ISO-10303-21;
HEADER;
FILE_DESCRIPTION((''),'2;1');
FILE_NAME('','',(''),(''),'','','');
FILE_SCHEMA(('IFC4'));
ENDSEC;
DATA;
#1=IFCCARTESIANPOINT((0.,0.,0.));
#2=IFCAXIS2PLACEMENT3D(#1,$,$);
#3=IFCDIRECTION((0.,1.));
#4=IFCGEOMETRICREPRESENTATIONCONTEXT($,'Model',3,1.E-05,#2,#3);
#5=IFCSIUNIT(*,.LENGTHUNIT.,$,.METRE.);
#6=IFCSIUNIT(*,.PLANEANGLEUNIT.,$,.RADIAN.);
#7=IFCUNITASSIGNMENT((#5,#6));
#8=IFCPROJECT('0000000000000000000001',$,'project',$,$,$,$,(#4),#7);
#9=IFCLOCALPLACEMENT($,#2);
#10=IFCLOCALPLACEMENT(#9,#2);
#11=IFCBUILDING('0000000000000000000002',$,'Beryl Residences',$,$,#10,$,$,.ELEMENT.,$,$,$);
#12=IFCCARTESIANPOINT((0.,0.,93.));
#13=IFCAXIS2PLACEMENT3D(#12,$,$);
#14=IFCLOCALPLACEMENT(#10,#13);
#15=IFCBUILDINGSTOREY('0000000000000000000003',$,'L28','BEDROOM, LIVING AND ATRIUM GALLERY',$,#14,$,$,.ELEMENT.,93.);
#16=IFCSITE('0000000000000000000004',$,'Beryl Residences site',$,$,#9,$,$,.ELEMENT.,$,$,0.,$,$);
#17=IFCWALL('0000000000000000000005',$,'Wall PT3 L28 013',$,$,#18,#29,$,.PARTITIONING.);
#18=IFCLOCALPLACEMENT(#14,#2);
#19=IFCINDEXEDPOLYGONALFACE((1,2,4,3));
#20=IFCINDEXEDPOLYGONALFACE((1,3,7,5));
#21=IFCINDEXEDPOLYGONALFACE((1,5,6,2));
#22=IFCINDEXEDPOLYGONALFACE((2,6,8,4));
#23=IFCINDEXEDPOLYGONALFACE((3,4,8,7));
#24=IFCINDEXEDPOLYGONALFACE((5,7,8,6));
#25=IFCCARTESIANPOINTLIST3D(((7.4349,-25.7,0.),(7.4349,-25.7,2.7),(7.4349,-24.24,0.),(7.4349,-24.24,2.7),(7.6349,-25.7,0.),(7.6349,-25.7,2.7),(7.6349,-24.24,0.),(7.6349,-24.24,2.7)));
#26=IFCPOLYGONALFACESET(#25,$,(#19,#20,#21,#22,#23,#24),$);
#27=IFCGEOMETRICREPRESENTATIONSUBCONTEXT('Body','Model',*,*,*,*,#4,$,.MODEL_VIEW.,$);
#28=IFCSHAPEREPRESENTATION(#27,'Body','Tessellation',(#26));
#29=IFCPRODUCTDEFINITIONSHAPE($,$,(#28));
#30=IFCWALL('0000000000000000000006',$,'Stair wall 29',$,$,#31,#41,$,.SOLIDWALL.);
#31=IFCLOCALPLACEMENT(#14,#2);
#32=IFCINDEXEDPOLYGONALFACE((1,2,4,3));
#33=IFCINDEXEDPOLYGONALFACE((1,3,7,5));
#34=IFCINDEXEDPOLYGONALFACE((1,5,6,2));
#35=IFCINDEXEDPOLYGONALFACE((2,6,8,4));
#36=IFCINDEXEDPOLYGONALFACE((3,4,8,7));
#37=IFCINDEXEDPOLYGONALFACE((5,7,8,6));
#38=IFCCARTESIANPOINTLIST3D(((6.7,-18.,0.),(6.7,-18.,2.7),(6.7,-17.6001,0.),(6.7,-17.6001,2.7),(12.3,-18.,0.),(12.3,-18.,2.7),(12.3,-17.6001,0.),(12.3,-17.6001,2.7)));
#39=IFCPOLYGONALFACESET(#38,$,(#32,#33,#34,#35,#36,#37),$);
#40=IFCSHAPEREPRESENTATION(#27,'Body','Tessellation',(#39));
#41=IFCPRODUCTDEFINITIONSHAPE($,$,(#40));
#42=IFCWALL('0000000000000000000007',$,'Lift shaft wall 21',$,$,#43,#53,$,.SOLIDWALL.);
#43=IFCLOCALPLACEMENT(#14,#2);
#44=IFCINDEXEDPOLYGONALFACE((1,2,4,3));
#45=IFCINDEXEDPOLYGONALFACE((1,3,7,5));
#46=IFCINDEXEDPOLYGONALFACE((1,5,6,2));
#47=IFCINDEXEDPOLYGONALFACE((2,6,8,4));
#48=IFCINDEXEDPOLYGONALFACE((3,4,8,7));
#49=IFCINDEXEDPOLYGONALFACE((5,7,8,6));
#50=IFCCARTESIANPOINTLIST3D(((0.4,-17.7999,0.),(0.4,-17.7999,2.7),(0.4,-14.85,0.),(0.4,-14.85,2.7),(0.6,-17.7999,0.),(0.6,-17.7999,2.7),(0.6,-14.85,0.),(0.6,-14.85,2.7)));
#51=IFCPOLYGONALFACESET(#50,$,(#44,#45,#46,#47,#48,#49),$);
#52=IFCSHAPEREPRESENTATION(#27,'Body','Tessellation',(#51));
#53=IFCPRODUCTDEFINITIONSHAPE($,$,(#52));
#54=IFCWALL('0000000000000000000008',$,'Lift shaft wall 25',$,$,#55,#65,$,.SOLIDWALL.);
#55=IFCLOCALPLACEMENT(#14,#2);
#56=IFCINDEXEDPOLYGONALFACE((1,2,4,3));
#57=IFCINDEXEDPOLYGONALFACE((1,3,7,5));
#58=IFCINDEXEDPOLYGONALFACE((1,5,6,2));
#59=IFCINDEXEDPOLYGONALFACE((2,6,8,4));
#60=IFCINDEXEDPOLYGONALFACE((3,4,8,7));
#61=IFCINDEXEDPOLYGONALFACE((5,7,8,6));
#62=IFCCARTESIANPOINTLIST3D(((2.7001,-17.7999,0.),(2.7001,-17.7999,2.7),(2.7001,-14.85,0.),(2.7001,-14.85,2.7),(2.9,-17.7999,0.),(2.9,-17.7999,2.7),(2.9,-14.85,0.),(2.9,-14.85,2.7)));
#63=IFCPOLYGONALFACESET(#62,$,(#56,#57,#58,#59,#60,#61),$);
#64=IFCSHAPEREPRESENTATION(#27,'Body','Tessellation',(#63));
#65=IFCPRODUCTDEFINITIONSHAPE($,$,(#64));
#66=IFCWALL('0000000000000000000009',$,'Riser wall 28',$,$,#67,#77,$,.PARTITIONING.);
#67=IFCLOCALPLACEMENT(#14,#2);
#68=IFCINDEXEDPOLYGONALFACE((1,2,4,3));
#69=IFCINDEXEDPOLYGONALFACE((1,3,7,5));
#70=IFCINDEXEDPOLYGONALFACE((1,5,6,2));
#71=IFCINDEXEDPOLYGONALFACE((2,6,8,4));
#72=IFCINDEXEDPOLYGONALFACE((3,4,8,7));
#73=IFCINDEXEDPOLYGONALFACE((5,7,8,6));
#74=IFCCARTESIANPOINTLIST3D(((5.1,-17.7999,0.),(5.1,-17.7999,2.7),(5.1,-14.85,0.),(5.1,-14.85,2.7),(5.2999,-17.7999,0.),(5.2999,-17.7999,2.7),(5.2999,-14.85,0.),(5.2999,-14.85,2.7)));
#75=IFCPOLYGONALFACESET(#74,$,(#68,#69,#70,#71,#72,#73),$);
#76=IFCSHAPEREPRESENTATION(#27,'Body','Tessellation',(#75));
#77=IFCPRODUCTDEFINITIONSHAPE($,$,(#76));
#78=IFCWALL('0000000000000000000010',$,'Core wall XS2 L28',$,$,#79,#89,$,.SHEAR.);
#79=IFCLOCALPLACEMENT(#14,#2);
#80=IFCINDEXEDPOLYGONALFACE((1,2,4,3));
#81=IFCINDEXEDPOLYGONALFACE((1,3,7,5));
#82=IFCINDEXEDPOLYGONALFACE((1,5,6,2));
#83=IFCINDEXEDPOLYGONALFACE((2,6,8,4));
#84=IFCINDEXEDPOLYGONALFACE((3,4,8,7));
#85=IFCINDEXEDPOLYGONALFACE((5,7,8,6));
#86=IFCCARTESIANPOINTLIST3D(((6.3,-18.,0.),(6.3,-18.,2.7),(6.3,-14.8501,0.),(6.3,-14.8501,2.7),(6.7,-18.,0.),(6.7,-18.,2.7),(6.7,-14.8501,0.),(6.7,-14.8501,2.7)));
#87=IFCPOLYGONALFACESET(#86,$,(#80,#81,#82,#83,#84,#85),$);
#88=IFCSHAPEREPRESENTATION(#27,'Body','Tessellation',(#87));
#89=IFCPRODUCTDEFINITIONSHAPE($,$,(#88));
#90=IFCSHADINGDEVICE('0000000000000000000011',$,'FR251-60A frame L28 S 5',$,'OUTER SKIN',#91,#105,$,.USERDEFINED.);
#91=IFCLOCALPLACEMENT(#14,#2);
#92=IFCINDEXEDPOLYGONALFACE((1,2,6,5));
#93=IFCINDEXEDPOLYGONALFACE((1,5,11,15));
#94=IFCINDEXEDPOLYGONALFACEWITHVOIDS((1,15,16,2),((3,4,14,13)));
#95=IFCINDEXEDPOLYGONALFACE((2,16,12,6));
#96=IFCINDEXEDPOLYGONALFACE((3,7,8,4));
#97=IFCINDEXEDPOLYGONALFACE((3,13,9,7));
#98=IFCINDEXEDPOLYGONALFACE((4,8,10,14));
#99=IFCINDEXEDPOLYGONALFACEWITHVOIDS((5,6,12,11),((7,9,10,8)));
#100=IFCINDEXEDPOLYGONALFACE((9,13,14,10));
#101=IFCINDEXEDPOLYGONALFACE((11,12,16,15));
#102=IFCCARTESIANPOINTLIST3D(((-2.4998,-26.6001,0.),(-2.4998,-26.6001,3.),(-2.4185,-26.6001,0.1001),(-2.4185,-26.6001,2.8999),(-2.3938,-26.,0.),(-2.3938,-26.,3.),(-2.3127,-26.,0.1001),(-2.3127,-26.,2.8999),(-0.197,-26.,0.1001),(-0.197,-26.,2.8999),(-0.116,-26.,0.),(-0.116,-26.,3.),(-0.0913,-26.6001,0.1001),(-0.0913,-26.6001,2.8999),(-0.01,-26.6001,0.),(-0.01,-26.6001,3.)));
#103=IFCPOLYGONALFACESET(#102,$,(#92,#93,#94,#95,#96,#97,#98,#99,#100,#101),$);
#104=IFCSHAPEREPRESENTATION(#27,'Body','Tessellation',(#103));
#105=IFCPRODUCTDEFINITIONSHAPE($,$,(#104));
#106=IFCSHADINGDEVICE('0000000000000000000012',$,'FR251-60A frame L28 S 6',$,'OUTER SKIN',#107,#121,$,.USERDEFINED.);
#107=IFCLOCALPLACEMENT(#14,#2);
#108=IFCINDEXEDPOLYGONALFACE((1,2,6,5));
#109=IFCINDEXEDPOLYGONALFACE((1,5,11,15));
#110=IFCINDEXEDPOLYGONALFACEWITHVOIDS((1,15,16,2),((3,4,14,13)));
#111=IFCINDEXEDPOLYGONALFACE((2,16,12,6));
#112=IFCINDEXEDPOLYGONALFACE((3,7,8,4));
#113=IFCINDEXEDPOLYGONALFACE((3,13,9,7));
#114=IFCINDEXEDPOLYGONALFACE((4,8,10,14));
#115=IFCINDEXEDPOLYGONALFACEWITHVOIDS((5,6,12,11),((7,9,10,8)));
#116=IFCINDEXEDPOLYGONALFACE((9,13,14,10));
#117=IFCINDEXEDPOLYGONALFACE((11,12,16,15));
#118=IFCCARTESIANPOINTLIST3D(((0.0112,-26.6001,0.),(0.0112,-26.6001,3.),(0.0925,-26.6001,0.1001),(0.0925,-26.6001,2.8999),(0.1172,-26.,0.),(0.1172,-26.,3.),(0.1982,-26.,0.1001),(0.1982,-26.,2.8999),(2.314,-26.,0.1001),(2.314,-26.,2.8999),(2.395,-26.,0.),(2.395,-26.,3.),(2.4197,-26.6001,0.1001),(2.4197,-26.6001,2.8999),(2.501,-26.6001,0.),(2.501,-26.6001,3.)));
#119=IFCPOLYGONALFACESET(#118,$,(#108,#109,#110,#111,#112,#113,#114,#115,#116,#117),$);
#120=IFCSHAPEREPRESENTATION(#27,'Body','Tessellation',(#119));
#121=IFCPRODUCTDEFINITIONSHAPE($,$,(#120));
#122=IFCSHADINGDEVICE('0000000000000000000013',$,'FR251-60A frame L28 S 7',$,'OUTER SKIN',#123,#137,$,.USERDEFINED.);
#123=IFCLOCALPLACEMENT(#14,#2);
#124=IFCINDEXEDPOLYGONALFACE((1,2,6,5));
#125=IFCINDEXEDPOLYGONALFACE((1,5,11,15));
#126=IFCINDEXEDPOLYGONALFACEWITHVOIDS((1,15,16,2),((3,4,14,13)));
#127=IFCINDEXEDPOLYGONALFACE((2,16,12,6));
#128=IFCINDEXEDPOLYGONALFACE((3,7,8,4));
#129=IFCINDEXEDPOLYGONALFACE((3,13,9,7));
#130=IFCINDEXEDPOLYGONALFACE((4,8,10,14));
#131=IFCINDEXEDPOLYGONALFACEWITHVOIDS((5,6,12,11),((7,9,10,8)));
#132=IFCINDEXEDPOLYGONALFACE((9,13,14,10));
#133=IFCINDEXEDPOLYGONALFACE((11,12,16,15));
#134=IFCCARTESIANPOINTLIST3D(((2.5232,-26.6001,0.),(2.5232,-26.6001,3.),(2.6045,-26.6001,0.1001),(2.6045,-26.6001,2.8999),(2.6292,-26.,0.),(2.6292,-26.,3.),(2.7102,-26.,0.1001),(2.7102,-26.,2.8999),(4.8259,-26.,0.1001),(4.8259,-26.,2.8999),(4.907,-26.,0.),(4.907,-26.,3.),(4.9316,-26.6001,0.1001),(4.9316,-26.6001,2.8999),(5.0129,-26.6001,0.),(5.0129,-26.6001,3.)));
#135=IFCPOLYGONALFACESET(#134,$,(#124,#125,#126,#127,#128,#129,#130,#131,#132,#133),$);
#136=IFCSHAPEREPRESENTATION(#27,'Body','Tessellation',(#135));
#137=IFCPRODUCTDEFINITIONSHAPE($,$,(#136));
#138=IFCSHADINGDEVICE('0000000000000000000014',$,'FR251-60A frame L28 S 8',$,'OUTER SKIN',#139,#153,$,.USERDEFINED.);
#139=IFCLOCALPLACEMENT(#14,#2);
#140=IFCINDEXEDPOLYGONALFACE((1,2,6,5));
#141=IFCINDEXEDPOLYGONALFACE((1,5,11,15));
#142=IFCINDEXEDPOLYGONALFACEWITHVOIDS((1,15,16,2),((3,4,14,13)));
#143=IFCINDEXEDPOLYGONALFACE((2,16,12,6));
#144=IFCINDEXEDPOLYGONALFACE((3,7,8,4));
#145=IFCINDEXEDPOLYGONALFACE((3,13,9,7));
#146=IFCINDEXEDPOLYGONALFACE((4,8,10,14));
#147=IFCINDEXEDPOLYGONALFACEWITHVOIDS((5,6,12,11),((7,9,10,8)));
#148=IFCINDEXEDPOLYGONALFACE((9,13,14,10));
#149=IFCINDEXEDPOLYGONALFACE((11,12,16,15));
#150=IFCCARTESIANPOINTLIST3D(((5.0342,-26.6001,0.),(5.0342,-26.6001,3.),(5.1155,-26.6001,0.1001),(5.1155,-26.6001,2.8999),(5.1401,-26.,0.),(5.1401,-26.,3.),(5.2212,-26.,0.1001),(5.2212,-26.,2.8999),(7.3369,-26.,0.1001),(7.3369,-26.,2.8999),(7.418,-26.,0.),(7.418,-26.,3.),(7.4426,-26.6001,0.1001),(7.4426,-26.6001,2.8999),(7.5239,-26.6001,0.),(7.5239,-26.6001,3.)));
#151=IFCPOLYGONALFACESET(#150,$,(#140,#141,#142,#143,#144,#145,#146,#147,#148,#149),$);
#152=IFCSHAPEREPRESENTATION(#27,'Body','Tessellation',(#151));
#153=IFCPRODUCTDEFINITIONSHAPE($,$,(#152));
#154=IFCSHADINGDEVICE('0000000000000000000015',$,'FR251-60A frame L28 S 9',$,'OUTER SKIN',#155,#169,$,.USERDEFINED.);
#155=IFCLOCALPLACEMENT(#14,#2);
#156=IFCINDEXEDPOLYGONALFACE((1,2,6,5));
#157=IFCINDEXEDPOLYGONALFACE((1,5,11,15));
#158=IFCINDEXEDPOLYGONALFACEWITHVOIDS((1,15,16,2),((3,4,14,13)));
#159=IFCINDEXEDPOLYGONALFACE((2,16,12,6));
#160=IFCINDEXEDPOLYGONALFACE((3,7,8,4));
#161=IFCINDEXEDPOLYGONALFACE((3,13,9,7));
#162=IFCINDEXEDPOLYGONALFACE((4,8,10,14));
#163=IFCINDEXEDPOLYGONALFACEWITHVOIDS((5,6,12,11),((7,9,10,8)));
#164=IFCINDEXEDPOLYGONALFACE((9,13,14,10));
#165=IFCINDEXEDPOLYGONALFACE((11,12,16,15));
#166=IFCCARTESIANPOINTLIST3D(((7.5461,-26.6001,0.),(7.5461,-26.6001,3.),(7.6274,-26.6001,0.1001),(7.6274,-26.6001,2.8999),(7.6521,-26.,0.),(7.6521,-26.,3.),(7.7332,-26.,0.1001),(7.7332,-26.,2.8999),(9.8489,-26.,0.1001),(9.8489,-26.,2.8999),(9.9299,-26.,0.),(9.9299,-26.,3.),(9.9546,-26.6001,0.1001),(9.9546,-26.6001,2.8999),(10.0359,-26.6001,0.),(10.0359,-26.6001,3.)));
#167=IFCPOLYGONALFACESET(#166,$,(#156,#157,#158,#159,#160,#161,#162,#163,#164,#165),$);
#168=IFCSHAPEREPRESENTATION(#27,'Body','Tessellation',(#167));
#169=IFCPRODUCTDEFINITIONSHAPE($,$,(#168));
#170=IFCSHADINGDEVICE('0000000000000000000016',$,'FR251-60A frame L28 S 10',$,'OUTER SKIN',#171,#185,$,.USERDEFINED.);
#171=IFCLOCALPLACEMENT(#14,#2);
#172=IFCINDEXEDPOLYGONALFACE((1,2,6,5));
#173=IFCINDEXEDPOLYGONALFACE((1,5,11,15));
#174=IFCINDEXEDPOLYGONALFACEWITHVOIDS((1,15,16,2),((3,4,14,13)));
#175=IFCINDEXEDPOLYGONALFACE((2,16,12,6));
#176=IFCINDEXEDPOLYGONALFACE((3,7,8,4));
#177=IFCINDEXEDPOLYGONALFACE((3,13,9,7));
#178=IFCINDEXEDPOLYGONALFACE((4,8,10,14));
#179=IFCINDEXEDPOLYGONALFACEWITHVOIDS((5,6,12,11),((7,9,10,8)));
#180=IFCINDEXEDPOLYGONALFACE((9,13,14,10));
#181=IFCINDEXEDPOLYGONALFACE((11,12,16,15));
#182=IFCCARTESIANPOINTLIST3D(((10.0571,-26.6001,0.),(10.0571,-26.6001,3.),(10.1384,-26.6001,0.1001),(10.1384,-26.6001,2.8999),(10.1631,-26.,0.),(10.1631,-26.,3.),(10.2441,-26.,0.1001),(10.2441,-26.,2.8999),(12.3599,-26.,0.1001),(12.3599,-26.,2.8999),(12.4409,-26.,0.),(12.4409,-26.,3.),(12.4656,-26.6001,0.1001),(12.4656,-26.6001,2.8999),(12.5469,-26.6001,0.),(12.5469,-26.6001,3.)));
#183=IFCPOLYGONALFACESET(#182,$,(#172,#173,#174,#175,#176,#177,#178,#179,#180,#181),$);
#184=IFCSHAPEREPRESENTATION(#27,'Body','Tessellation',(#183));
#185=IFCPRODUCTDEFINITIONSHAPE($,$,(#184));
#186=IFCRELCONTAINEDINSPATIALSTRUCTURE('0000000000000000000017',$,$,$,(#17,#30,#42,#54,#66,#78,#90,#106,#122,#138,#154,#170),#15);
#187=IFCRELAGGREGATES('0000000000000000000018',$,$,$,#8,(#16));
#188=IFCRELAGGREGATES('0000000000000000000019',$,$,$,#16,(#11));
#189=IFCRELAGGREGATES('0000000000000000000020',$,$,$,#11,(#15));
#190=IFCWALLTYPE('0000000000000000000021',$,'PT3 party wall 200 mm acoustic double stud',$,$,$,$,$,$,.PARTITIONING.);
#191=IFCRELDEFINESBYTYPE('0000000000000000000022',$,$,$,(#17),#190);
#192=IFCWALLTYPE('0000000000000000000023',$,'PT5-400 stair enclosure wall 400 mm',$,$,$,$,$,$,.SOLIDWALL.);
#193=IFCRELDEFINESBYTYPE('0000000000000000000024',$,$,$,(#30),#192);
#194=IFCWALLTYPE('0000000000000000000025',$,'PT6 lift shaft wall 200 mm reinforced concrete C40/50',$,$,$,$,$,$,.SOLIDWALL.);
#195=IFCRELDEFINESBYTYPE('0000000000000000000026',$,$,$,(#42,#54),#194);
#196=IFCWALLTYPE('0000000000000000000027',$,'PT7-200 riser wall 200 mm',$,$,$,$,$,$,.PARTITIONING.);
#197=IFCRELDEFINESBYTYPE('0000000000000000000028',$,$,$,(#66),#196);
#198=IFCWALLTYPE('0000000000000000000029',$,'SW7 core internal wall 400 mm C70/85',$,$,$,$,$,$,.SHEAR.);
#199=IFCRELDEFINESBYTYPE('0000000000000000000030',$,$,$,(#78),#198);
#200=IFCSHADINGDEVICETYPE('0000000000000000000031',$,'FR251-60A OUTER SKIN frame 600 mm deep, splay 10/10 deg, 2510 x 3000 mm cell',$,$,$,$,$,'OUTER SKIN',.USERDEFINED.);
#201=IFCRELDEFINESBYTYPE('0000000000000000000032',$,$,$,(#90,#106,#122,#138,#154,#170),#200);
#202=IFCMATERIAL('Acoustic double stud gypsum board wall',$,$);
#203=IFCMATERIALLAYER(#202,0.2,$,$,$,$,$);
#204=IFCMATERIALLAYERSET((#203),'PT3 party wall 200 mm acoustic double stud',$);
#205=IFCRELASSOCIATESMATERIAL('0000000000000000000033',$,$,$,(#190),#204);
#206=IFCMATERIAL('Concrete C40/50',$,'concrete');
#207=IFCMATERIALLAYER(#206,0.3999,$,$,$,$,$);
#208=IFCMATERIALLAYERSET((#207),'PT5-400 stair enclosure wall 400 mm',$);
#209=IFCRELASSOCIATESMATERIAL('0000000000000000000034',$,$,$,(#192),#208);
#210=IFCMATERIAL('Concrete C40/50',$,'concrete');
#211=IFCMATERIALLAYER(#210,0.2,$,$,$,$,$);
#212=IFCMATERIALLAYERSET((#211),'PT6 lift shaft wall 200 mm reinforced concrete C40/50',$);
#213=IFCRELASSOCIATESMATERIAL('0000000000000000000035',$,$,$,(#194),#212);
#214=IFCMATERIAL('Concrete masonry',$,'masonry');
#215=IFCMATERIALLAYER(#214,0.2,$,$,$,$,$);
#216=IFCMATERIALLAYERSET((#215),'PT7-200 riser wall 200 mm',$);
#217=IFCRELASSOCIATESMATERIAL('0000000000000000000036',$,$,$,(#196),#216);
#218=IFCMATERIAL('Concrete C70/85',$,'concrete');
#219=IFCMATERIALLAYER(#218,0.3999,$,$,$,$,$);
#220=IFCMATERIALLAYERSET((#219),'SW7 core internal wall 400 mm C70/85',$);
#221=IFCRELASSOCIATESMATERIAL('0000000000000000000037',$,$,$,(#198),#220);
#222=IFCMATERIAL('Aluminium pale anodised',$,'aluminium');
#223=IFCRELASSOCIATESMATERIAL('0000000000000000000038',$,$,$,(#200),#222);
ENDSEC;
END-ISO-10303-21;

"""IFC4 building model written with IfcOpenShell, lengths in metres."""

from ifc_helpers import new_model, entity, si_unit, direction, frame, frame_2d, origin, place, context, subcontext, project, spatial, rectangle, extrude, source, transform, mapped, material, layer, layer_set, type_object, type_shapes, element, save


model = new_model("IFC4")

# Units and contexts
model_context = context("Model", 3, precision=1e-05, world=origin(), true_north=direction((0.0, 1.0)))
body_context = subcontext(model_context, "Body", "Model", "MODEL_VIEW")
ifc_project = project(units=[si_unit("LENGTHUNIT", "METRE"), si_unit("PLANEANGLEUNIT", "RADIAN")], contexts=[model_context])

# Site, building, storey
site_placement = place(None, origin())
site = spatial("IfcSite", under=ifc_project, at=site_placement, Name="Beryl Residences site", CompositionType="ELEMENT", RefElevation=0.0)
building_placement = place(site_placement, origin())
building = spatial("IfcBuilding", under=site, at=building_placement, Name="Beryl Residences", CompositionType="ELEMENT")
storey_placement = place(building_placement, frame((0.0, 0.0, 93.0)))
storey = spatial("IfcBuildingStorey", under=building, at=storey_placement, Name="L28", Description="BEDROOM, LIVING AND ATRIUM GALLERY", CompositionType="ELEMENT", Elevation=93.0)

# Walls
ifc_material_1 = material(Name="Acoustic double stud gypsum board wall")
ifc_layer_1 = layer(ifc_material_1, 0.2)
ifc_layer_set_1 = layer_set([ifc_layer_1], Name="PT3 party wall 200 mm acoustic double stud")
wall_type_1 = type_object("IfcWallType", Name="PT3 party wall 200 mm acoustic double stud", PredefinedType="PARTITIONING", material=ifc_layer_set_1)
wall_1_placement = place(storey_placement, frame((7.5349, -25.7, 0.0), z_axis=(0.0, 0.0, 1.0), x_axis=(0.0, 1.0, 0.0)))
element("IfcWall", 1, at=wall_1_placement, inside=storey, type_object=wall_type_1, Name="Wall PT3 L28 013", PredefinedType="PARTITIONING", context=body_context, shape_type="SweptSolid", body=[
    extrude(rectangle(XDim=1.46, YDim=0.2, at=frame_2d((0.73, 0.0))), origin(), (0.0, 0.0, 1.0), 2.7),
])
ifc_material_2 = material(Name="Concrete C40/50", Category="concrete")
ifc_layer_2 = layer(ifc_material_2, 0.3999)
ifc_layer_set_2 = layer_set([ifc_layer_2], Name="PT5-400 stair enclosure wall 400 mm")
wall_type_2 = type_object("IfcWallType", Name="PT5-400 stair enclosure wall 400 mm", PredefinedType="SOLIDWALL", material=ifc_layer_set_2)
wall_2_placement = place(storey_placement, frame((6.7, -17.8, 0.0), z_axis=(0.0, 0.0, 1.0), x_axis=(1.0, 0.0, 0.0)))
element("IfcWall", 2, at=wall_2_placement, inside=storey, type_object=wall_type_2, Name="Stair wall 29", PredefinedType="SOLIDWALL", context=body_context, shape_type="SweptSolid", body=[
    extrude(rectangle(XDim=5.6001, YDim=0.3999, at=frame_2d((2.8, 0.0))), origin(), (0.0, 0.0, 1.0), 2.7),
])
ifc_material_3 = material(Name="Concrete C40/50", Category="concrete")
ifc_layer_3 = layer(ifc_material_3, 0.2)
ifc_layer_set_3 = layer_set([ifc_layer_3], Name="PT6 lift shaft wall 200 mm reinforced concrete C40/50")
wall_type_3 = type_object("IfcWallType", Name="PT6 lift shaft wall 200 mm reinforced concrete C40/50", PredefinedType="SOLIDWALL", material=ifc_layer_set_3)
for number, where, z_axis, x_axis, name in (
    (3, (0.5, -17.8, 0.0), (0.0, 0.0, 1.0), (0.0, 1.0, 0.0), "Lift shaft wall 21"),
    (4, (2.8, -17.8, 0.0), (0.0, 0.0, 1.0), (0.0, 1.0, 0.0), "Lift shaft wall 25"),
):
    element("IfcWall", number, at=place(storey_placement, frame(where, z_axis=z_axis, x_axis=x_axis)), inside=storey, type_object=wall_type_3, Name=name, PredefinedType="SOLIDWALL", context=body_context, shape_type="SweptSolid", body=[
        extrude(rectangle(XDim=2.95, YDim=0.2, at=frame_2d((1.4751, 0.0))), origin(), (0.0, 0.0, 1.0), 2.7),
    ])
ifc_material_4 = material(Name="Concrete masonry", Category="masonry")
ifc_layer_4 = layer(ifc_material_4, 0.2)
ifc_layer_set_4 = layer_set([ifc_layer_4], Name="PT7-200 riser wall 200 mm")
wall_type_4 = type_object("IfcWallType", Name="PT7-200 riser wall 200 mm", PredefinedType="PARTITIONING", material=ifc_layer_set_4)
wall_3_placement = place(storey_placement, frame((5.2, -17.8, 0.0), z_axis=(0.0, 0.0, 1.0), x_axis=(0.0, 1.0, 0.0)))
element("IfcWall", 5, at=wall_3_placement, inside=storey, type_object=wall_type_4, Name="Riser wall 28", PredefinedType="PARTITIONING", context=body_context, shape_type="SweptSolid", body=[
    extrude(rectangle(XDim=2.95, YDim=0.2, at=frame_2d((1.4751, 0.0))), origin(), (0.0, 0.0, 1.0), 2.7),
])
ifc_material_5 = material(Name="Concrete C70/85", Category="concrete")
ifc_layer_5 = layer(ifc_material_5, 0.3999)
ifc_layer_set_5 = layer_set([ifc_layer_5], Name="SW7 core internal wall 400 mm C70/85")
wall_type_5 = type_object("IfcWallType", Name="SW7 core internal wall 400 mm C70/85", PredefinedType="SHEAR", material=ifc_layer_set_5)
wall_4_placement = place(storey_placement, frame((6.5, -18.0, 0.0), z_axis=(0.0, 0.0, 1.0), x_axis=(0.0, 1.0, 0.0)))
element("IfcWall", 6, at=wall_4_placement, inside=storey, type_object=wall_type_5, Name="Core wall XS2 L28", PredefinedType="SHEAR", context=body_context, shape_type="SweptSolid", body=[
    extrude(rectangle(XDim=3.1499, YDim=0.3999, at=frame_2d((1.575, 0.0))), origin(), (0.0, 0.0, 1.0), 2.7),
])

# Shading devices
ifc_material_6 = material(Name="Aluminium pale anodised", Category="aluminium")
shading_device_type = type_object("IfcShadingDeviceType", Name="FR251-60A OUTER SKIN frame 600 mm deep, splay 10/10 deg, 2510 x 3000 mm cell", ElementType="OUTER SKIN", PredefinedType="USERDEFINED", material=ifc_material_6)
cartesian_point_1 = entity("IfcCartesianPoint", [-1.1389, 0.0])
cartesian_point_2 = entity("IfcCartesianPoint", [-1.0579, 0.1001])
cartesian_point_3 = entity("IfcCartesianPoint", [-1.2449, 0.0])
cartesian_point_4 = entity("IfcCartesianPoint", [-1.1636, 0.1001])
shared_shape_1 = source(origin(), body_context, "Body", "SweptSolid", [
    entity("IfcExtrudedAreaSolidTapered", entity("IfcArbitraryProfileDefWithVoids", "AREA", None, entity("IfcPolyline", [cartesian_point_1, entity("IfcCartesianPoint", [1.1389, 0.0]), entity("IfcCartesianPoint", [1.1389, 3.0]), entity("IfcCartesianPoint", [-1.1389, 3.0]), cartesian_point_1]), [entity("IfcPolyline", [cartesian_point_2, entity("IfcCartesianPoint", [1.0579, 0.1001]), entity("IfcCartesianPoint", [1.0579, 2.8999]), entity("IfcCartesianPoint", [-1.0579, 2.8999]), cartesian_point_2])]), entity("IfcAxis2Placement3D", entity("IfcCartesianPoint", [0.0, 0.0, 0.0]), entity("IfcDirection", [0.0, 1.0, 0.0]), entity("IfcDirection", [-1.0, 0.0, 0.0])), entity("IfcDirection", [0.0, 0.0, 1.0]), 0.6001, entity("IfcArbitraryProfileDefWithVoids", "AREA", None, entity("IfcPolyline", [cartesian_point_3, entity("IfcCartesianPoint", [1.2449, 0.0]), entity("IfcCartesianPoint", [1.2449, 3.0]), entity("IfcCartesianPoint", [-1.2449, 3.0]), cartesian_point_3]), [entity("IfcPolyline", [cartesian_point_4, entity("IfcCartesianPoint", [1.1636, 0.1001]), entity("IfcCartesianPoint", [1.1636, 2.8999]), entity("IfcCartesianPoint", [-1.1636, 2.8999]), cartesian_point_4])])),
])
type_shapes(shading_device_type, [shared_shape_1])
for number, where, z_axis, x_axis, name in (
    (7, (-1.2549, -26.0, 0.0), (0.0, 0.0, 1.0), (-1.0, 0.0, 0.0), "FR251-60A frame L28 S 5"),
    (8, (1.2561, -26.0, 0.0), (0.0, 0.0, 1.0), (-1.0, 0.0, 0.0), "FR251-60A frame L28 S 6"),
    (9, (3.7681, -26.0, 0.0), (0.0, 0.0, 1.0), (-1.0, 0.0, 0.0), "FR251-60A frame L28 S 7"),
    (10, (6.2791, -26.0, 0.0), (0.0, 0.0, 1.0), (-1.0, 0.0, 0.0), "FR251-60A frame L28 S 8"),
    (11, (8.791, -26.0, 0.0), (0.0, 0.0, 1.0), (-1.0, 0.0, 0.0), "FR251-60A frame L28 S 9"),
    (12, (11.302, -26.0, 0.0), (0.0, 0.0, 1.0), (-1.0, 0.0, 0.0), "FR251-60A frame L28 S 10"),
):
    element("IfcShadingDevice", number, at=place(storey_placement, frame(where, z_axis=z_axis, x_axis=x_axis)), inside=storey, type_object=shading_device_type, Name=name, ObjectType="OUTER SKIN", PredefinedType="USERDEFINED", context=body_context, shape_type="MappedRepresentation", body=[
        mapped(shared_shape_1, transform((0.0, 0.0, 0.0))),
    ])

save(model, "model.ifc")
